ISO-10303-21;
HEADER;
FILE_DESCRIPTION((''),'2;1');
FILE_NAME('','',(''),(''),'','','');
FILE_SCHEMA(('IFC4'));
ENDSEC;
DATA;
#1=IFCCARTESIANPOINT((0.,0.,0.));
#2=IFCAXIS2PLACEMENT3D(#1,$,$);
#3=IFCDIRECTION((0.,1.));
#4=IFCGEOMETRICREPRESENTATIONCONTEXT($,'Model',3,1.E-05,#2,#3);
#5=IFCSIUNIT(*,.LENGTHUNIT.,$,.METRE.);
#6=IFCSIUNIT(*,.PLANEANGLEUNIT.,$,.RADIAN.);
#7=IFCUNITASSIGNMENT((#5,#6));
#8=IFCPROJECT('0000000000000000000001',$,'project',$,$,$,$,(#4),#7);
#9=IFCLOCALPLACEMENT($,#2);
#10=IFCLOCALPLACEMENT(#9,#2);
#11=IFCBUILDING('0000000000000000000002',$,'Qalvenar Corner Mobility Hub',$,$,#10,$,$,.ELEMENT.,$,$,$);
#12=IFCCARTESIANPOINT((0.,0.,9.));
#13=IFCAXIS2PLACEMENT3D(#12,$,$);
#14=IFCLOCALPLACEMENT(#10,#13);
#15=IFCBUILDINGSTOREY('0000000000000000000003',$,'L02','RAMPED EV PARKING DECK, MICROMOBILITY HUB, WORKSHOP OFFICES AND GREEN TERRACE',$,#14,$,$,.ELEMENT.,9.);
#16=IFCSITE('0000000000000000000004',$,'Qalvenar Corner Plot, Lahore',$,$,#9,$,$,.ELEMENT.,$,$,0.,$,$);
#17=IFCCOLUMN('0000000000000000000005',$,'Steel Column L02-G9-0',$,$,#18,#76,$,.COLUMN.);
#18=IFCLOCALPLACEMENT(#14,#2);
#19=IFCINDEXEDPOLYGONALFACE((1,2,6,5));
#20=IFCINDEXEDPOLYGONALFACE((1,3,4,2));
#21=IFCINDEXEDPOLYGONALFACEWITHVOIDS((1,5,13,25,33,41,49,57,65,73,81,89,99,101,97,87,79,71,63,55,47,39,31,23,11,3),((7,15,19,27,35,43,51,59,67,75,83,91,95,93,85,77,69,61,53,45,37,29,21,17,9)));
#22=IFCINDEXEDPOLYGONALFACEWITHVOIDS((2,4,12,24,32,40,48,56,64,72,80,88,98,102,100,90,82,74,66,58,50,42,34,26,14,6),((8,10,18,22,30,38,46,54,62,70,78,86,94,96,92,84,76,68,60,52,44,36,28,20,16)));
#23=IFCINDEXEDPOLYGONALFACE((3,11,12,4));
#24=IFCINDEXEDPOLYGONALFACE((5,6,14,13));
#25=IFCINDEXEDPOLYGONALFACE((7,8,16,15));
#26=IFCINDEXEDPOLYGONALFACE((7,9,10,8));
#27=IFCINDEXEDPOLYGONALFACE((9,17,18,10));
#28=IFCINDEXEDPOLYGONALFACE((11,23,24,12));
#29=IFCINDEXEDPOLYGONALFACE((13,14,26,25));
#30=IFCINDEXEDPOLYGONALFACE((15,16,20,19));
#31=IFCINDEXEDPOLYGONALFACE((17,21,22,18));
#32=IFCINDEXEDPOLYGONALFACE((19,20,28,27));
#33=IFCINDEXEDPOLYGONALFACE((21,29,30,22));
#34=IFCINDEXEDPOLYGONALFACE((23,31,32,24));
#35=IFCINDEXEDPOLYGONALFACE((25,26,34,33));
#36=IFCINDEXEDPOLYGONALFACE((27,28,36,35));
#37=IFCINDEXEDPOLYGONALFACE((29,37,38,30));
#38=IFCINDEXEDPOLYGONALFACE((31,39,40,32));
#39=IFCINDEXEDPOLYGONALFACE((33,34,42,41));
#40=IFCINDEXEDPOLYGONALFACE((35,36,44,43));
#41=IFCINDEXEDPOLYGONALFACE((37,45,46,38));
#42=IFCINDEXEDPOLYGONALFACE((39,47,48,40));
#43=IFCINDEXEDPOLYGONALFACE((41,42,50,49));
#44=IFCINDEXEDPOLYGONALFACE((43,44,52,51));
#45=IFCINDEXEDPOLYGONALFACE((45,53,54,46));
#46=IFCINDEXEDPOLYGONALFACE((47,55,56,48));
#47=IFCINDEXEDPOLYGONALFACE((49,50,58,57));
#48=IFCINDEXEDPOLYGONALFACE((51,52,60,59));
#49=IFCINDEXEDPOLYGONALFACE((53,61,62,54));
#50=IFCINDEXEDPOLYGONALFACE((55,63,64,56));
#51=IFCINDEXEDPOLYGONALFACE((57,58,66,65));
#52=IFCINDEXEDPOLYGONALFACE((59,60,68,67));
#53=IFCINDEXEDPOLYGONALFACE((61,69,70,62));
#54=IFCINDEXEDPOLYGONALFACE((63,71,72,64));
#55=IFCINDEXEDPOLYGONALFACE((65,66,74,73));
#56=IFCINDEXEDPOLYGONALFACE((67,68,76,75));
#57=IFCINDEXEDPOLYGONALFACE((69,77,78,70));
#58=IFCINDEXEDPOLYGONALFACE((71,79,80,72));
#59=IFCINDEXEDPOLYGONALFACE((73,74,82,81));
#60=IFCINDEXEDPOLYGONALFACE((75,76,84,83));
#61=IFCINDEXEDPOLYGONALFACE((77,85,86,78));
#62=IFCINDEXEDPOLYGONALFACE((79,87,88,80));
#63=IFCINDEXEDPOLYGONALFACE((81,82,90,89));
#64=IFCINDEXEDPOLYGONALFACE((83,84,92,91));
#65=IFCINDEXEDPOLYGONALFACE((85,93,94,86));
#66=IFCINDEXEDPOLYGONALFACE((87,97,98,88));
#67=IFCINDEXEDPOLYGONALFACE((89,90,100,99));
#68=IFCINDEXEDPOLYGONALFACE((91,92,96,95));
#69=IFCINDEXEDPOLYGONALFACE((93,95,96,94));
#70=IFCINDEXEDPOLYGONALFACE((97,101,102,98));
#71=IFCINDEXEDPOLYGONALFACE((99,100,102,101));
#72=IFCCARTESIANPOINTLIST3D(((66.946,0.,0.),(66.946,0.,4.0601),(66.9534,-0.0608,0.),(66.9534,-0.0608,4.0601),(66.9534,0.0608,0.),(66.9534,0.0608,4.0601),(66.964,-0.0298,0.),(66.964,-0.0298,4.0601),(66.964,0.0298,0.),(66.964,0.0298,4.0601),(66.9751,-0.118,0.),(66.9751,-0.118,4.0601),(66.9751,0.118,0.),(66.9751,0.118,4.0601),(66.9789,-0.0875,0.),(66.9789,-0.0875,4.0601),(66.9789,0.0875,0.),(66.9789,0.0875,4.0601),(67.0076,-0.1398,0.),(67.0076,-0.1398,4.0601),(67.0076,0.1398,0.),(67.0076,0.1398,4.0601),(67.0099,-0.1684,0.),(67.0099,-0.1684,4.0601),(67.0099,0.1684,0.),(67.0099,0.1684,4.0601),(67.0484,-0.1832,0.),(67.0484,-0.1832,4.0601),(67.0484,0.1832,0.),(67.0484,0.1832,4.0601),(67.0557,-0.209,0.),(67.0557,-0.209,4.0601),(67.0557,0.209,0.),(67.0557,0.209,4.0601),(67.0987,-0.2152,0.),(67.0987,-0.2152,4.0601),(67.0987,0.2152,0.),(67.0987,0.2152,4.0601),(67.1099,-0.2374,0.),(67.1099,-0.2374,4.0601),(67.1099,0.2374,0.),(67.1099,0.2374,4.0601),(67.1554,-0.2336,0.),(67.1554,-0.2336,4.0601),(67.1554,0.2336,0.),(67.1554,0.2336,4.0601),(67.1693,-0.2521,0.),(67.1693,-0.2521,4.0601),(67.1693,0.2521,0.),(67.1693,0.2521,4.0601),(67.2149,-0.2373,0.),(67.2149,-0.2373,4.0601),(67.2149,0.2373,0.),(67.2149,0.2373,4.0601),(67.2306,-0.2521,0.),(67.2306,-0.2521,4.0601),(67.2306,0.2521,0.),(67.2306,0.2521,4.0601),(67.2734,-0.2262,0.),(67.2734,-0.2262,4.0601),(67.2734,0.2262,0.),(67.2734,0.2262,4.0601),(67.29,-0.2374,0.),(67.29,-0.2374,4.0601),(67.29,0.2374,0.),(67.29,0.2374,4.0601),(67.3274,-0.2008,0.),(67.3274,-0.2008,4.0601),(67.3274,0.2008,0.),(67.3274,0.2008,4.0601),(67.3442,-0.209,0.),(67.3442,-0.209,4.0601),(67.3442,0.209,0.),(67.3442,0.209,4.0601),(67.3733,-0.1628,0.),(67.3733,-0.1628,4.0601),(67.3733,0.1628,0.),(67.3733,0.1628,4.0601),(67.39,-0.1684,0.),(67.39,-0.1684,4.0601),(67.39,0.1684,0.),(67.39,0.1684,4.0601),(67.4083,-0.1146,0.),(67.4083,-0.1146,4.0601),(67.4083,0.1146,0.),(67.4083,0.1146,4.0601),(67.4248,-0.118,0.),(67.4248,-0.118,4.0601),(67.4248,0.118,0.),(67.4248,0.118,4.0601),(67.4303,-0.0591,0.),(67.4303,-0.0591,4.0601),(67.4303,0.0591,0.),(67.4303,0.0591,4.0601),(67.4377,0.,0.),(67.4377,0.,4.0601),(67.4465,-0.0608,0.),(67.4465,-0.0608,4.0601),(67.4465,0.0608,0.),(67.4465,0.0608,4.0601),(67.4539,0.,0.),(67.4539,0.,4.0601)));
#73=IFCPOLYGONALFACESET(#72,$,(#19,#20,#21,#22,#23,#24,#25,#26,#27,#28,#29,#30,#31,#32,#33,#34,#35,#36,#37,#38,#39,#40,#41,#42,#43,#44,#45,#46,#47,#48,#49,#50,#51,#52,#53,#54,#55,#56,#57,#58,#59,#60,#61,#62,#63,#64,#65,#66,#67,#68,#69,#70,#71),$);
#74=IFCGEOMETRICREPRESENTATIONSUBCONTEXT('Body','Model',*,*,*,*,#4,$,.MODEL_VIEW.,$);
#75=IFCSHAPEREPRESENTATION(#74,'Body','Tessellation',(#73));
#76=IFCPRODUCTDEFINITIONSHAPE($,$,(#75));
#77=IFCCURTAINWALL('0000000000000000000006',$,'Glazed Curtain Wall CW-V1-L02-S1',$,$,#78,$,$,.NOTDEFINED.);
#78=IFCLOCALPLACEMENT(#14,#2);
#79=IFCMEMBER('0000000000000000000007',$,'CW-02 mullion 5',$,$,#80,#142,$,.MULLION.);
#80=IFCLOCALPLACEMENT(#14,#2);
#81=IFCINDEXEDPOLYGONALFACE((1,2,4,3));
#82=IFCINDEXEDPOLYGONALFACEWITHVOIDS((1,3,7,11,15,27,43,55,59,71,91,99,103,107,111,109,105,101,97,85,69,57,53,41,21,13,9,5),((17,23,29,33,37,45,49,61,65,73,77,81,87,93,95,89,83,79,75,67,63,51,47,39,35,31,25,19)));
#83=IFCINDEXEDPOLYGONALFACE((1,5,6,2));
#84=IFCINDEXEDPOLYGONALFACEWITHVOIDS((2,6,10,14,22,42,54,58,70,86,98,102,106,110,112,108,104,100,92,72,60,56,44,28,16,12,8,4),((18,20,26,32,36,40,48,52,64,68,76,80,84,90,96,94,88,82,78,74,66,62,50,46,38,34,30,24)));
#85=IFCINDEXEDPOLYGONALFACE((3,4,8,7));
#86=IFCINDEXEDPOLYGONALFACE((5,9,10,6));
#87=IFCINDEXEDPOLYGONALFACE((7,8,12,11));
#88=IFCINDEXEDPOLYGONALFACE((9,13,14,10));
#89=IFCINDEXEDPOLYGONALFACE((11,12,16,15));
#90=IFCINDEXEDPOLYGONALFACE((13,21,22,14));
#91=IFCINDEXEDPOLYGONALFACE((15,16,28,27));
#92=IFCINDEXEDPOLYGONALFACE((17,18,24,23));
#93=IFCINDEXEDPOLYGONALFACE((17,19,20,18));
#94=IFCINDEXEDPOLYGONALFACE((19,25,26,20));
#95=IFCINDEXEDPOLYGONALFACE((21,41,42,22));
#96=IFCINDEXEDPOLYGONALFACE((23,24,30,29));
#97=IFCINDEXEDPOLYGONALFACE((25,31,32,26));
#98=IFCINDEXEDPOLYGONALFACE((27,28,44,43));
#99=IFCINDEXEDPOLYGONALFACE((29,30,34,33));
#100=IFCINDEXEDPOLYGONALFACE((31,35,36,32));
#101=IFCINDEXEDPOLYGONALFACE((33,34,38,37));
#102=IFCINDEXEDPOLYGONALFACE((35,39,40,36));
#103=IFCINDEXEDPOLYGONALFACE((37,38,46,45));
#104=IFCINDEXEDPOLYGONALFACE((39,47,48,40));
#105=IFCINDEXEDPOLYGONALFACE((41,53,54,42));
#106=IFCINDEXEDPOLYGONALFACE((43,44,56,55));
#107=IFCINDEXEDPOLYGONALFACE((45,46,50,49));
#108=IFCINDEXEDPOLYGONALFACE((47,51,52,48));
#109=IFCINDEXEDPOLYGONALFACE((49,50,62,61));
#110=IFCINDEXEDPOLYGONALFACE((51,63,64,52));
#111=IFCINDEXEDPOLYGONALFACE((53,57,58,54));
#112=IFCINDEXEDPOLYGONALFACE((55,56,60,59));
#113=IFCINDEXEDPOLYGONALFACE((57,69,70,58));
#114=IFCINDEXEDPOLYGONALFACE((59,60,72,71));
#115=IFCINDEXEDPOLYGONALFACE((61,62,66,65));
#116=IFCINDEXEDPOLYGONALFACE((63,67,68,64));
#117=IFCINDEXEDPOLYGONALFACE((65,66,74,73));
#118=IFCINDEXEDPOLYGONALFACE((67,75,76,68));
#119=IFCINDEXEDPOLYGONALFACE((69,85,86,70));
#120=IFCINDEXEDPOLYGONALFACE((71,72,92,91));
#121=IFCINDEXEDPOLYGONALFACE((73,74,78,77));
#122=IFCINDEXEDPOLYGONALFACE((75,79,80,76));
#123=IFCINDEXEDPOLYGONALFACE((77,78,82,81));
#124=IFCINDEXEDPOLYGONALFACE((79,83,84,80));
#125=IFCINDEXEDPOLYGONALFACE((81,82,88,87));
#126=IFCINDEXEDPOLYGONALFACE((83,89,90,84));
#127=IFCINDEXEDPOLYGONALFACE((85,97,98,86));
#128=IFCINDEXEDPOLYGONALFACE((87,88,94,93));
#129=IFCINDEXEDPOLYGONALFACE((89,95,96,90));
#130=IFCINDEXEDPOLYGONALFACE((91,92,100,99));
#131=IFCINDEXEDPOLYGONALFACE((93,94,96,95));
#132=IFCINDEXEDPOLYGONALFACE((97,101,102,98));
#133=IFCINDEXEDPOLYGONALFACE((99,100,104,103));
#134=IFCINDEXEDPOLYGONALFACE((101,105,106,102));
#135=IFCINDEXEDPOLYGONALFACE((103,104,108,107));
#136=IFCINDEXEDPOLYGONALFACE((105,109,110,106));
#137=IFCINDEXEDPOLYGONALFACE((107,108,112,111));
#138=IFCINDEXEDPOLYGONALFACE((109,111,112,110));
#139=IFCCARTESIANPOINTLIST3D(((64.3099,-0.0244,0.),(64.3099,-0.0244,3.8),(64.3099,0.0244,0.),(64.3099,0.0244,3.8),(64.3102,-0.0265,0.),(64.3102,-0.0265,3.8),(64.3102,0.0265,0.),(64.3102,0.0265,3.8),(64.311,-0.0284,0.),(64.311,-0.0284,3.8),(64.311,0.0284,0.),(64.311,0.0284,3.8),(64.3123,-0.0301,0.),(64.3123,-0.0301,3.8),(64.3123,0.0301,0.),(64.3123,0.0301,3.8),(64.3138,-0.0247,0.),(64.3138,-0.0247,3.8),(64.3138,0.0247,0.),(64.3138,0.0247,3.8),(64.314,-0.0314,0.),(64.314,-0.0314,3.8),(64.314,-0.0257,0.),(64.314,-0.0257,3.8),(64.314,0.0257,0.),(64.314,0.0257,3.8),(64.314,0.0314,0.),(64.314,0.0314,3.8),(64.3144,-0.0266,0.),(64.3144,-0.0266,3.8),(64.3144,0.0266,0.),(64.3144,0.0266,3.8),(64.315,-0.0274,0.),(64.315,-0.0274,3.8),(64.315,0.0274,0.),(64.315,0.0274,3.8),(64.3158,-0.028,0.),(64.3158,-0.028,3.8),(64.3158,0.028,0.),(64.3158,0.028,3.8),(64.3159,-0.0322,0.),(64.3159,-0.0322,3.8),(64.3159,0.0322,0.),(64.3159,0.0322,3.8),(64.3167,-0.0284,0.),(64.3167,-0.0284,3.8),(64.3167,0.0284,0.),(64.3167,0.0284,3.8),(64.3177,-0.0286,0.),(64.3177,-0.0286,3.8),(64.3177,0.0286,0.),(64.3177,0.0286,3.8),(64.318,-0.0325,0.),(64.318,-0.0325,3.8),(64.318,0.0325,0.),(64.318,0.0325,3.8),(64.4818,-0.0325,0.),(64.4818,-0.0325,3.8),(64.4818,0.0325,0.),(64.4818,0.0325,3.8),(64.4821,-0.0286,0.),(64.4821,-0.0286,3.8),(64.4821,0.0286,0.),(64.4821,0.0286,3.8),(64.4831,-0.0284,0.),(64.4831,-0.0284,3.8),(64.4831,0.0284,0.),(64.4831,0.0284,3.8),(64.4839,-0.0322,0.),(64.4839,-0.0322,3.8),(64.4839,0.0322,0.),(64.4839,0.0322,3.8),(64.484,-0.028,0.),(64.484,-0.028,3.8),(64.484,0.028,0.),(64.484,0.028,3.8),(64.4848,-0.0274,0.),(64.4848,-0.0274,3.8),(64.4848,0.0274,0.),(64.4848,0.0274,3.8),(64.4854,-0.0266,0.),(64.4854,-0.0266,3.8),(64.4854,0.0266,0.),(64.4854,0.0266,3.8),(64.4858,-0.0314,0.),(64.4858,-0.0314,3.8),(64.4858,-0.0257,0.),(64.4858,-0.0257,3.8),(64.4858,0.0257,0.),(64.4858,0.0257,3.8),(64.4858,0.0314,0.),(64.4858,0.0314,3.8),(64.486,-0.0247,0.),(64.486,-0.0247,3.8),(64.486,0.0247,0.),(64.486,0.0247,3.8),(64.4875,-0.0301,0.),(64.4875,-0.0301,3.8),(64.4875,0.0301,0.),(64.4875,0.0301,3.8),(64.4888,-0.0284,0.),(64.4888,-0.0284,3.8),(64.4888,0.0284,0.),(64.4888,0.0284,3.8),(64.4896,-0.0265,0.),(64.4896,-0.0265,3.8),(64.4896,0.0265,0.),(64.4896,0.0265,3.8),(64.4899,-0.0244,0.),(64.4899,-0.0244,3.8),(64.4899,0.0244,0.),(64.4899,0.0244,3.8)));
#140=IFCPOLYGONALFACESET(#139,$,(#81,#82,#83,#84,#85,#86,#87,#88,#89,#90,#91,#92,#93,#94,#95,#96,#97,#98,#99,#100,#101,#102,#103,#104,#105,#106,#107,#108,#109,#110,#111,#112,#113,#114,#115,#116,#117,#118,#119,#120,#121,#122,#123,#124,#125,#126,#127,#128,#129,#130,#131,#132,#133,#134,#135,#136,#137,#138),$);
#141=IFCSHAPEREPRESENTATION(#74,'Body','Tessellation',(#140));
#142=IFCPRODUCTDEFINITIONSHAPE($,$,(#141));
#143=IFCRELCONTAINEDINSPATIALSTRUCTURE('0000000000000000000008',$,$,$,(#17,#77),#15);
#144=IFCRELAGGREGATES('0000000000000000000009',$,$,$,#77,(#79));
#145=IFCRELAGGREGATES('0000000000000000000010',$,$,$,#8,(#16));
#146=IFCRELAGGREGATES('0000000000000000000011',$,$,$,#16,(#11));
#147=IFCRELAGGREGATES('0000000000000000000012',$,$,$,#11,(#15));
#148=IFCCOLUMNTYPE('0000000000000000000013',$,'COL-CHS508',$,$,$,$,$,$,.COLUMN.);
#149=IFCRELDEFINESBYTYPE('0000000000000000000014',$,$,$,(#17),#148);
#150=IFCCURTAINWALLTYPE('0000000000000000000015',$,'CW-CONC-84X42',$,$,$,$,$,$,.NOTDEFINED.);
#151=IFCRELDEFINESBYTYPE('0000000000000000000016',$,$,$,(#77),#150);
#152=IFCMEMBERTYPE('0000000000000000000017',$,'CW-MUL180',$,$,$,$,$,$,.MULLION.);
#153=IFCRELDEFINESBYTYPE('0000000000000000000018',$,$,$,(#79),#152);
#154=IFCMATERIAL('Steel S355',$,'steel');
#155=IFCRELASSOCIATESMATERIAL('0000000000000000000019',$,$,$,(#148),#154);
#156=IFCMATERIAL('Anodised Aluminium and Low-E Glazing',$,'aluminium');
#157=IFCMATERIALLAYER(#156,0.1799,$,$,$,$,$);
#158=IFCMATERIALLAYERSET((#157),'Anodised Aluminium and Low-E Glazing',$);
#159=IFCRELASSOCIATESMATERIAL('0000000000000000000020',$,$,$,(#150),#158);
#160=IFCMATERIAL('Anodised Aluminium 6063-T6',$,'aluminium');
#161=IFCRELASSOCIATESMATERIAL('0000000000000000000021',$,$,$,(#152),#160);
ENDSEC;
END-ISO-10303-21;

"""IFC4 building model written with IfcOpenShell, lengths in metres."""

from ifc_helpers import new_model, si_unit, direction, frame, origin, origin_2d, place, context, subcontext, project, spatial, hollow_rectangle, hollow_circle, extrude, material, layer, layer_set, material_profile, profile_set, type_object, element, aggregate, save


model = new_model("IFC4")

# Units and contexts
model_context = context("Model", 3, precision=1e-05, world=origin(), true_north=direction((0.0, 1.0)))
body_context = subcontext(model_context, "Body", "Model", "MODEL_VIEW")
ifc_project = project(units=[si_unit("LENGTHUNIT", "METRE"), si_unit("PLANEANGLEUNIT", "RADIAN")], contexts=[model_context])

# Site, building, storey
site_placement = place(None, origin())
site = spatial("IfcSite", under=ifc_project, at=site_placement, Name="Qalvenar Corner Plot, Lahore", CompositionType="ELEMENT", RefElevation=0.0)
building_placement = place(site_placement, origin())
building = spatial("IfcBuilding", under=site, at=building_placement, Name="Qalvenar Corner Mobility Hub", CompositionType="ELEMENT")
storey_placement = place(building_placement, frame((0.0, 0.0, 9.0)))
storey = spatial("IfcBuildingStorey", under=building, at=storey_placement, Name="L02", Description="RAMPED EV PARKING DECK, MICROMOBILITY HUB, WORKSHOP OFFICES AND GREEN TERRACE", CompositionType="ELEMENT", Elevation=9.0)

# Column
ifc_material_1 = material(Name="Steel S355", Category="steel")
ifc_material_profile_1 = material_profile(ifc_material_1, hollow_circle(Radius=0.2539, WallThickness=0.0161, at=origin_2d()), Name="CHS508x16")
ifc_profile_set_1 = profile_set([ifc_material_profile_1], Name="Steel S355")
column_type = type_object("IfcColumnType", Name="COL-CHS508", PredefinedType="COLUMN", material=ifc_profile_set_1)
column_placement = place(storey_placement, frame((67.2, 0.0, 0.0), z_axis=(0.0, 0.0, 1.0), x_axis=(1.0, 0.0, 0.0)))
element("IfcColumn", 1, at=column_placement, inside=storey, type_object=column_type, Name="Steel Column L02-G9-0", PredefinedType="COLUMN", context=body_context, shape_type="SweptSolid", body=[
    extrude(hollow_circle(Radius=0.2539, WallThickness=0.0161, at=origin_2d()), origin(), (0.0, 0.0, 1.0), 4.0601),
])

# Curtain wall, member
ifc_material_2 = material(Name="Anodised Aluminium and Low-E Glazing", Category="aluminium")
ifc_layer_1 = layer(ifc_material_2, 0.1799)
ifc_layer_set_1 = layer_set([ifc_layer_1], Name="Anodised Aluminium and Low-E Glazing")
curtain_wall_type = type_object("IfcCurtainWallType", Name="CW-CONC-84X42", PredefinedType="NOTDEFINED", material=ifc_layer_set_1)
curtain_wall_1_placement = place(storey_placement, origin())
curtain_wall_1 = element("IfcCurtainWall", 2, at=curtain_wall_1_placement, inside=storey, type_object=curtain_wall_type, Name="Glazed Curtain Wall CW-V1-L02-S1", PredefinedType="NOTDEFINED")
ifc_material_3 = material(Name="Anodised Aluminium 6063-T6", Category="aluminium")
ifc_material_profile_2 = material_profile(ifc_material_3, hollow_rectangle(XDim=0.0649, YDim=0.1799, WallThickness=0.0039, InnerFilletRadius=0.0039, OuterFilletRadius=0.0081, at=origin_2d()), Name="RHS180x65x4")
ifc_profile_set_2 = profile_set([ifc_material_profile_2], Name="Anodised Aluminium 6063-T6")
member_type_1 = type_object("IfcMemberType", Name="CW-MUL180", PredefinedType="MULLION", material=ifc_profile_set_2)
member_1_placement = place(storey_placement, frame((64.3999, 0.0, 0.0), z_axis=(0.0, 0.0, 1.0), x_axis=(0.0, 1.0, 0.0)))
member_1 = element("IfcMember", 3, at=member_1_placement, type_object=member_type_1, Name="CW-02 mullion 5", PredefinedType="MULLION", context=body_context, shape_type="SweptSolid", body=[
    extrude(hollow_rectangle(XDim=0.0649, YDim=0.1799, WallThickness=0.0039, InnerFilletRadius=0.0039, OuterFilletRadius=0.0081, at=origin_2d()), origin(), (0.0, 0.0, 1.0), 3.8),
])

aggregate(curtain_wall_1, [member_1])

save(model, "model.ifc")
